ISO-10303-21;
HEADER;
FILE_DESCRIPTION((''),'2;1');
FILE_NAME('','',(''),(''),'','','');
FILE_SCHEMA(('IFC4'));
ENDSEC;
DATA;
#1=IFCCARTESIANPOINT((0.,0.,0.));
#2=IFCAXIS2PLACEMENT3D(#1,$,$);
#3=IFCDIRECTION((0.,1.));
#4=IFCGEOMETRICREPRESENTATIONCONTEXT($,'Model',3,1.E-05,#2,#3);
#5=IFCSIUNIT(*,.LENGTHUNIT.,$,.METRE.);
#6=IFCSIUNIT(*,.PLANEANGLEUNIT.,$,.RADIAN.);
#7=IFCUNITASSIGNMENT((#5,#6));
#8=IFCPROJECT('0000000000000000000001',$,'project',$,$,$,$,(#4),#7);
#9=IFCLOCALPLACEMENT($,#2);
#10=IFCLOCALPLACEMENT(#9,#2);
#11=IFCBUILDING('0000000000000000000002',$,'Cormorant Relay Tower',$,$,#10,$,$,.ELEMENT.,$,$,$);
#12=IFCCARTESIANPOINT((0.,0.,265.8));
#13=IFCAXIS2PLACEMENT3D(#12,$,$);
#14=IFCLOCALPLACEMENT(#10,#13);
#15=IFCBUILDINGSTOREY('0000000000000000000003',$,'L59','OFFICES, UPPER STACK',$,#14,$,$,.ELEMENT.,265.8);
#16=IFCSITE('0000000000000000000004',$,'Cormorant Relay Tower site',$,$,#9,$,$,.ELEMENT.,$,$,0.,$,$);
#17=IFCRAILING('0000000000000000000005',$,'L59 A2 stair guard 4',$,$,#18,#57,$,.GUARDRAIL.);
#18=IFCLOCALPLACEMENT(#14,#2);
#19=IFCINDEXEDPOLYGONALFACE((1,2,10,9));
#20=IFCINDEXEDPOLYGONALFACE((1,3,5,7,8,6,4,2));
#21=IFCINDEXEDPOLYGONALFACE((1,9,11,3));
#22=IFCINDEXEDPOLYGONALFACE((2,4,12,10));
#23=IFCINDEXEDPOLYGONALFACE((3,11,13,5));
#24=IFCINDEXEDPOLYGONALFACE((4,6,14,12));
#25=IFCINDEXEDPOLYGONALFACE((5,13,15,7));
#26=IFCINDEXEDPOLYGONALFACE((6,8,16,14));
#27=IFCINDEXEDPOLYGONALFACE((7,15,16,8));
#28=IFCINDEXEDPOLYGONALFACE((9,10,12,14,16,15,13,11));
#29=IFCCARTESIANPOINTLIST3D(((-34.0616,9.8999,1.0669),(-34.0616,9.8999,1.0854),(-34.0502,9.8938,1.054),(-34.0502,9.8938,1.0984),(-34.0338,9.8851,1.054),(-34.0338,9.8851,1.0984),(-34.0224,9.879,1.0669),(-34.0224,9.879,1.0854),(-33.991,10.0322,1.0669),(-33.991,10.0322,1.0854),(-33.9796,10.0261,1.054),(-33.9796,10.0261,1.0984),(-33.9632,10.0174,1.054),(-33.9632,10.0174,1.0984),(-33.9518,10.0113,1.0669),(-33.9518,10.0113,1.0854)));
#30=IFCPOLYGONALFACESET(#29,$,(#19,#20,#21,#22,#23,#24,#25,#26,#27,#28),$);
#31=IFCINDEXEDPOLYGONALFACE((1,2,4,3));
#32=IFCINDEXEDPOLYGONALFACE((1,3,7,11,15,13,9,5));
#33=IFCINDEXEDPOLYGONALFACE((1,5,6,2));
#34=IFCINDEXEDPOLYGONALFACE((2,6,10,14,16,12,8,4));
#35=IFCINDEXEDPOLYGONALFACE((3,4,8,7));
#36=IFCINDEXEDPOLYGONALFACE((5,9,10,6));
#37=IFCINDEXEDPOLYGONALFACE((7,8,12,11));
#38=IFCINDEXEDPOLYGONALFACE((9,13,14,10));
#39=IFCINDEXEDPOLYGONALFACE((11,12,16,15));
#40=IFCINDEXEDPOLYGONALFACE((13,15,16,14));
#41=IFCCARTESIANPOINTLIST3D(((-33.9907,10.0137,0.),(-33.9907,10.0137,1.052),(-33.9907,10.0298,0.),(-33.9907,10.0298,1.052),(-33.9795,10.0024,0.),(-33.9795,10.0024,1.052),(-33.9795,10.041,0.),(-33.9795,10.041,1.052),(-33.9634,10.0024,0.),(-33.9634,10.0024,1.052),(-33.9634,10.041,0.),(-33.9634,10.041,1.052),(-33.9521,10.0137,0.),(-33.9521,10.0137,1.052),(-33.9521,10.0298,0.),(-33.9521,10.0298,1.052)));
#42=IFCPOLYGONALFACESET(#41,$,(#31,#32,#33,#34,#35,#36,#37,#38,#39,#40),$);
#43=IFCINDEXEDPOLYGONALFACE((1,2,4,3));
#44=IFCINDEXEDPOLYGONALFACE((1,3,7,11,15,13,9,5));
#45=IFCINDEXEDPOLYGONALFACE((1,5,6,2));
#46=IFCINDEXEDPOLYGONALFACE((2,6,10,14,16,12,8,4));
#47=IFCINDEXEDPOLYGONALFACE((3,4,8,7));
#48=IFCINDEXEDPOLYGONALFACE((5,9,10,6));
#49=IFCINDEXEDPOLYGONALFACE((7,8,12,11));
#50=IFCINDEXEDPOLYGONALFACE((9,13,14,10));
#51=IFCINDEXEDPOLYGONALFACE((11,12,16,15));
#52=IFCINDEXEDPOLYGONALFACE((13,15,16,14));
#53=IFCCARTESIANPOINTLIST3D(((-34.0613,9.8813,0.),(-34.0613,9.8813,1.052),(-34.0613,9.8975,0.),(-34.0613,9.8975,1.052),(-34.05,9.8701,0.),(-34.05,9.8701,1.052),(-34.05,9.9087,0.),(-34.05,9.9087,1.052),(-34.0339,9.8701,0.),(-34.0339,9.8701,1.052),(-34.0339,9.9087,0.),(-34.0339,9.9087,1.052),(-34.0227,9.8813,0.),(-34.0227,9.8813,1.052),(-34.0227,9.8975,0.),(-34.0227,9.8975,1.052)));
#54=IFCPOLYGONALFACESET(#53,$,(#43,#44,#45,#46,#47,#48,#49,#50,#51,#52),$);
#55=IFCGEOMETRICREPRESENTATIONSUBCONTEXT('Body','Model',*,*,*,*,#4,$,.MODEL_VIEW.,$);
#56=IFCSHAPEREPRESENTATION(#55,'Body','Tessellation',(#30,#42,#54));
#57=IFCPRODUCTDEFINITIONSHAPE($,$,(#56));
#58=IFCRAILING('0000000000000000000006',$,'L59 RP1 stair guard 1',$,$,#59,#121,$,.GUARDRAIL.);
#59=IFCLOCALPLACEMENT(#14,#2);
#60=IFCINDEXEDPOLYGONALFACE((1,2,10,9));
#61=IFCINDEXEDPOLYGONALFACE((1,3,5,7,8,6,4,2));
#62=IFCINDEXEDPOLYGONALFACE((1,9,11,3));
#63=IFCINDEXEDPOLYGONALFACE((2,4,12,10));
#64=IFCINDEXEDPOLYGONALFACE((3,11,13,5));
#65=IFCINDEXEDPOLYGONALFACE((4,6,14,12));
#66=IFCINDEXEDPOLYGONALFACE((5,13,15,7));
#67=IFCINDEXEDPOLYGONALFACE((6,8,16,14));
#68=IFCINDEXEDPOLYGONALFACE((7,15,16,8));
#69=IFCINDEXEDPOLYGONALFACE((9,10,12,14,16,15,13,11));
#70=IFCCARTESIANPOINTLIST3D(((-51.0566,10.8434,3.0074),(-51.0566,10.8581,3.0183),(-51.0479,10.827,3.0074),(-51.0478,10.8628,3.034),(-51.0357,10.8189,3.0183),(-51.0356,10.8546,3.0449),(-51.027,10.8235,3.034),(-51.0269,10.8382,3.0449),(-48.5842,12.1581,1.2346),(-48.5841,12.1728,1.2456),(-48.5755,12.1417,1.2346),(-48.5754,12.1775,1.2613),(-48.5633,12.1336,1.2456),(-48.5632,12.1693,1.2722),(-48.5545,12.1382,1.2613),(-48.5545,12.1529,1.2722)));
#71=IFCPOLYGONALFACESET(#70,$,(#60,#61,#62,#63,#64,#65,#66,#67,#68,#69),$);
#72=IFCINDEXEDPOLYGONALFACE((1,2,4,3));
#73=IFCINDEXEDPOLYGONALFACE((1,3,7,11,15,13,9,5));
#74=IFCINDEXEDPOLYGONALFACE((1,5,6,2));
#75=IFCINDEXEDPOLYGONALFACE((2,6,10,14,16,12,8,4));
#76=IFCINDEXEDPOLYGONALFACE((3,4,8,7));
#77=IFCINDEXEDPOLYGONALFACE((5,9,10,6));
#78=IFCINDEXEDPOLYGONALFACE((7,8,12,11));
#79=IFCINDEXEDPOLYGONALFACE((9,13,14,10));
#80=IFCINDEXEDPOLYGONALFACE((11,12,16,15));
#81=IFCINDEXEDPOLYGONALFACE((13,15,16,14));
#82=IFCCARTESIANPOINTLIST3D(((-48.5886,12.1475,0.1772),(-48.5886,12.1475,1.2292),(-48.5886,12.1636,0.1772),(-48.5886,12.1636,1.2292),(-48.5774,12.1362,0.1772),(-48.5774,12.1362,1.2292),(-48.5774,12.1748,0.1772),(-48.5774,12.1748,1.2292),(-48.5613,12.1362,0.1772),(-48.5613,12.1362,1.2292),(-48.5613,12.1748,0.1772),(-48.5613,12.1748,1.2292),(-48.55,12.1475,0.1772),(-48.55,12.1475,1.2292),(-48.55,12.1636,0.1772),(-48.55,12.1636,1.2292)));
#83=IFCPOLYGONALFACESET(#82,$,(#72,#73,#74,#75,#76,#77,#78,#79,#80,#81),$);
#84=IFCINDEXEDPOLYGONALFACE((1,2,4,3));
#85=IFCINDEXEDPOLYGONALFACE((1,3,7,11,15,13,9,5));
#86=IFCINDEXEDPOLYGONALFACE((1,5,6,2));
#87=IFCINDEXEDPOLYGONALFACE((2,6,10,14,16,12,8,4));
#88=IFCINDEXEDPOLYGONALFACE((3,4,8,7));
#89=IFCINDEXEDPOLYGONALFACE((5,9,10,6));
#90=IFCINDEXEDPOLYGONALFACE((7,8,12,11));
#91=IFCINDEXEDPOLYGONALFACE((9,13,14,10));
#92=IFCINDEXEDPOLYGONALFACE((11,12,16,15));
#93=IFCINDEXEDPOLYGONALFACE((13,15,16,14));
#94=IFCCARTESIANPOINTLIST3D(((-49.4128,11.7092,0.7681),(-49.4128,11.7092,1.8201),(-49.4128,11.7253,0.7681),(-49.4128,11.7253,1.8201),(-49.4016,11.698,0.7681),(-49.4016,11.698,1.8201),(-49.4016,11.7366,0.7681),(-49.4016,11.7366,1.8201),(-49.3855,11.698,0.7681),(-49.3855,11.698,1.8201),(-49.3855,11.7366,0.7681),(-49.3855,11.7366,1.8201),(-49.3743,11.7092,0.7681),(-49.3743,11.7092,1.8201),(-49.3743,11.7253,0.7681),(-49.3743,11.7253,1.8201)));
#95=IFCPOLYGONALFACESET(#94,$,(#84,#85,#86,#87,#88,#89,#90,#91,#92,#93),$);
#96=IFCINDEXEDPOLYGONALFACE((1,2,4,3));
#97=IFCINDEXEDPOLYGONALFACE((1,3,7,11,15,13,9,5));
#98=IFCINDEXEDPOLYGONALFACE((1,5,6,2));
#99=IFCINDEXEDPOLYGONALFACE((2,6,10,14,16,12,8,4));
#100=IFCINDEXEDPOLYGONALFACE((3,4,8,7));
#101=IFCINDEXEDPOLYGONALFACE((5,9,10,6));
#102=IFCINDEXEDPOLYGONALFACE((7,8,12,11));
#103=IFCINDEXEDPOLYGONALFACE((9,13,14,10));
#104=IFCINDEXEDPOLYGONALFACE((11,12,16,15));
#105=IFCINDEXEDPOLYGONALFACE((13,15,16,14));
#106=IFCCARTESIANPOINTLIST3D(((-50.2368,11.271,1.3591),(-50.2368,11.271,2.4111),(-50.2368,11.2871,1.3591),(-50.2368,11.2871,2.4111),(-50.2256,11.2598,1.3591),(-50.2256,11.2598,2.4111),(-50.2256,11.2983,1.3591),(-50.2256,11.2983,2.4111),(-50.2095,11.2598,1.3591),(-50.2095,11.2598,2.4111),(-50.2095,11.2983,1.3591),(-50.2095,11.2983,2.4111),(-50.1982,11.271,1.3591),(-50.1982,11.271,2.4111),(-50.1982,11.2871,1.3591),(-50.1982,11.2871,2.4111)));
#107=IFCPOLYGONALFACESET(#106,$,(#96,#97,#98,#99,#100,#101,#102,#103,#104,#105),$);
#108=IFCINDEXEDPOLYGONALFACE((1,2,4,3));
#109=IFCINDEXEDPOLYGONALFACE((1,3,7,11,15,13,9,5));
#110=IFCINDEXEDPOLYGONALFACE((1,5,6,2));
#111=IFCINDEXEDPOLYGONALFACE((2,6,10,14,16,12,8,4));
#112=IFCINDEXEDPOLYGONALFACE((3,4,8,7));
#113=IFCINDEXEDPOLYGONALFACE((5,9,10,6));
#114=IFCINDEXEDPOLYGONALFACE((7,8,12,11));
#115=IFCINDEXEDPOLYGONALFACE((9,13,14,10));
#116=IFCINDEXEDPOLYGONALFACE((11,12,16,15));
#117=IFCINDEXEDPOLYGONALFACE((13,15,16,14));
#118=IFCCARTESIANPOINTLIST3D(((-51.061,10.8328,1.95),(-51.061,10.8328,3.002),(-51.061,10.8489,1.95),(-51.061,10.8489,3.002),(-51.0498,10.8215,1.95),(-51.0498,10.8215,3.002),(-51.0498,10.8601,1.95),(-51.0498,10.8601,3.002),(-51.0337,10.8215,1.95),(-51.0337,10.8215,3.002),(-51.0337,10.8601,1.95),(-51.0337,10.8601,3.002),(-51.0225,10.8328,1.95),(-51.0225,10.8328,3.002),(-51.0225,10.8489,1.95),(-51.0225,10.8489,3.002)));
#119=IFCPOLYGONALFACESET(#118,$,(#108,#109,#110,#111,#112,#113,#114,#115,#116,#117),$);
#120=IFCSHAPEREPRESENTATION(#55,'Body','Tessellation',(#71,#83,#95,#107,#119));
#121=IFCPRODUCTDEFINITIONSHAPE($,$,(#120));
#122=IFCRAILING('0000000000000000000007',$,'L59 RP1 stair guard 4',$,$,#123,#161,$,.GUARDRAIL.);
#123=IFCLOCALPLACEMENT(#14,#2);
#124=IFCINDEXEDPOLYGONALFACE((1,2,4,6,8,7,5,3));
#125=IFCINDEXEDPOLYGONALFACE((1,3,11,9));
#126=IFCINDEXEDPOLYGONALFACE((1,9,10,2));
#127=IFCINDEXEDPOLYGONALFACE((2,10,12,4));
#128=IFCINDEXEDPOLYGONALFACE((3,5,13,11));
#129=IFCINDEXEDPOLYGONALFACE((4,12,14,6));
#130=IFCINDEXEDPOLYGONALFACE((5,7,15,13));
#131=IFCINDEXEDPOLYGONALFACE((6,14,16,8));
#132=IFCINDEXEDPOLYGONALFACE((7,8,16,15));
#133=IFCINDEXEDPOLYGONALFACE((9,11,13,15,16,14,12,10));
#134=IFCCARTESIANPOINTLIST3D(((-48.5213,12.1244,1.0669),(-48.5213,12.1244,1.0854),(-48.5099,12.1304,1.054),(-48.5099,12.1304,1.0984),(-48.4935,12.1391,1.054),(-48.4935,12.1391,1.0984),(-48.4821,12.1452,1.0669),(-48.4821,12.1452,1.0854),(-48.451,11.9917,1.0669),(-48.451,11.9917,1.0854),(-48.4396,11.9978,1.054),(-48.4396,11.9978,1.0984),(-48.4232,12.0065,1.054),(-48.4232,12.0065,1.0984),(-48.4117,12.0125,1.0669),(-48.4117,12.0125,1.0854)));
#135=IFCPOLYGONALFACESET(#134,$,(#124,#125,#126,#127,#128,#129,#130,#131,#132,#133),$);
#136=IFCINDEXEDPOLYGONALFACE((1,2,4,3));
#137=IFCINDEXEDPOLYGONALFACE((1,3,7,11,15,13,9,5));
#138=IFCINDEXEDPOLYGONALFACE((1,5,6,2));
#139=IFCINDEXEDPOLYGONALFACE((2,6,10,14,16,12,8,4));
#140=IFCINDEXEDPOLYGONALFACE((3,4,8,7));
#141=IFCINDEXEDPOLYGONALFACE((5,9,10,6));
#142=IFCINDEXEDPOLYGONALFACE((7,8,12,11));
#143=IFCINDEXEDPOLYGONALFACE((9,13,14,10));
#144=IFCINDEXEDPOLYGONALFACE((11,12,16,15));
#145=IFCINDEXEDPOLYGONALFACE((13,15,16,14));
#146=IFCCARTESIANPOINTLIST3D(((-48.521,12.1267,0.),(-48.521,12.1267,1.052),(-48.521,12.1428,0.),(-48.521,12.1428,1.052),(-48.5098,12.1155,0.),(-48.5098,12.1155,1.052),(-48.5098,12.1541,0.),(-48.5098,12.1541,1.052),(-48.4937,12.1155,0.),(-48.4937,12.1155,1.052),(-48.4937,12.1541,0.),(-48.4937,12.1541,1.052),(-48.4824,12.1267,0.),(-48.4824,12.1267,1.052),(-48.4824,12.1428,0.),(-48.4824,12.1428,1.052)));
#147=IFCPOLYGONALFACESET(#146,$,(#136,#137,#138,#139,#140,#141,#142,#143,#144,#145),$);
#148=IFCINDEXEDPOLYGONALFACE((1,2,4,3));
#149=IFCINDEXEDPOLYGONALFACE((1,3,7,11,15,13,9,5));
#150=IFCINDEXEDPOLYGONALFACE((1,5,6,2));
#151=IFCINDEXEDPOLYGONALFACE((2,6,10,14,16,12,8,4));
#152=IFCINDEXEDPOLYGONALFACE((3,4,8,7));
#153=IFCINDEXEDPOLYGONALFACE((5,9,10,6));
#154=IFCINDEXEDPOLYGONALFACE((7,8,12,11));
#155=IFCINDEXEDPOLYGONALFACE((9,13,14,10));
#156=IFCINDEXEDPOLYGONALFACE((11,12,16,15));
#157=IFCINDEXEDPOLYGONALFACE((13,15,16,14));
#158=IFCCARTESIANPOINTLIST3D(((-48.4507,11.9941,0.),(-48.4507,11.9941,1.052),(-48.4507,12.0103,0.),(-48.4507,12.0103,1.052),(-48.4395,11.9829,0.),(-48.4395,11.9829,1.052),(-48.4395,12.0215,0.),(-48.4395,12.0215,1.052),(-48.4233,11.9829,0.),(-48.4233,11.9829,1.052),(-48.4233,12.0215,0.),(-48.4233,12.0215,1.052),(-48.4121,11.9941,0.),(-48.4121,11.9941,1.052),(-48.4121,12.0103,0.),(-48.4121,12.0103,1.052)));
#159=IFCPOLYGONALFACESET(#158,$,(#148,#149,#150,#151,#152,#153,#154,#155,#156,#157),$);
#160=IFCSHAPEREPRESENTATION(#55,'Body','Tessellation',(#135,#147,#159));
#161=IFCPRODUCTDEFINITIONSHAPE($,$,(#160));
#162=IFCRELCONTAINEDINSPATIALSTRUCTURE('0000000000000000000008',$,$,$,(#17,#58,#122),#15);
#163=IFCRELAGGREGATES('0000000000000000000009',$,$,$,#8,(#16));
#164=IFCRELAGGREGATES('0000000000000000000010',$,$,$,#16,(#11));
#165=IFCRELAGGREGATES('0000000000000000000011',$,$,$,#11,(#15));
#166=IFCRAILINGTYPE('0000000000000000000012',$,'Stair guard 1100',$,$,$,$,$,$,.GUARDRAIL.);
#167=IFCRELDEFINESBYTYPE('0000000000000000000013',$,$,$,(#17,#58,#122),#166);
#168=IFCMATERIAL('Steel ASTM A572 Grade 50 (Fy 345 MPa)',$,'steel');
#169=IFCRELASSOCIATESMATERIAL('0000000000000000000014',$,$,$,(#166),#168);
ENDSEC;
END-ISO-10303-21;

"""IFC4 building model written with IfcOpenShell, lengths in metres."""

from ifc_helpers import new_model, si_unit, direction, frame, origin, place, context, subcontext, project, spatial, polyline, outline, extrude, material, type_object, element, save


model = new_model("IFC4")

# Units and contexts
model_context = context("Model", 3, precision=1e-05, world=origin(), true_north=direction((0.0, 1.0)))
body_context = subcontext(model_context, "Body", "Model", "MODEL_VIEW")
ifc_project = project(units=[si_unit("LENGTHUNIT", "METRE"), si_unit("PLANEANGLEUNIT", "RADIAN")], contexts=[model_context])

# Site, building, storey
site_placement = place(None, origin())
site = spatial("IfcSite", under=ifc_project, at=site_placement, Name="Cormorant Relay Tower site", CompositionType="ELEMENT", RefElevation=0.0)
building_placement = place(site_placement, origin())
building = spatial("IfcBuilding", under=site, at=building_placement, Name="Cormorant Relay Tower", CompositionType="ELEMENT")
storey_placement = place(building_placement, frame((0.0, 0.0, 265.8)))
storey = spatial("IfcBuildingStorey", under=building, at=storey_placement, Name="L59", Description="OFFICES, UPPER STACK", CompositionType="ELEMENT", Elevation=265.8)

# Railings
ifc_material_1 = material(Name="Steel ASTM A572 Grade 50 (Fy 345 MPa)", Category="steel")
railing_type_1 = type_object("IfcRailingType", Name="Stair guard 1100", PredefinedType="GUARDRAIL", material=ifc_material_1)
railing_1_placement = place(storey_placement, frame((-33.9714, 10.0217, 0.0)))
element("IfcRailing", 1, at=railing_1_placement, inside=storey, type_object=railing_type_1, Name="L59 A2 stair guard 4", PredefinedType="GUARDRAIL", context=body_context, shape_type="SweptSolid", body=[
    extrude(outline(polyline([(0.0222, 0.0093), (0.0093, 0.0222), (-0.0093, 0.0222), (-0.0222, 0.0093), (-0.0222, -0.0093), (-0.0093, -0.0222), (0.0093, -0.0222), (0.0222, -0.0093), (0.0222, 0.0093)])), frame((0.0, 0.0, 1.0762), z_axis=(-0.470504, -0.882398, 0.0), x_axis=(0.882398, -0.470504, 0.0)), (0.0, 0.0, 1.0), 0.1499),
    extrude(outline(polyline([(0.0193, 0.0081), (0.0081, 0.0193), (-0.0081, 0.0193), (-0.0193, 0.0081), (-0.0193, -0.0081), (-0.0081, -0.0193), (0.0081, -0.0193), (0.0193, -0.0081), (0.0193, 0.0081)])), origin(), (0.0, 0.0, 1.0), 1.052),
    extrude(outline(polyline([(0.0193, 0.0081), (0.0081, 0.0193), (-0.0081, 0.0193), (-0.0193, 0.0081), (-0.0193, -0.0081), (-0.0081, -0.0193), (0.0081, -0.0193), (0.0193, -0.0081), (0.0193, 0.0081)])), frame((-0.0706, -0.1323, 0.0)), (0.0, 0.0, 1.0), 1.052),
])
railing_2_placement = place(storey_placement, frame((-48.5693, 12.1555, 0.1772)))
element("IfcRailing", 2, at=railing_2_placement, inside=storey, type_object=railing_type_1, Name="L59 RP1 stair guard 1", PredefinedType="GUARDRAIL", context=body_context, shape_type="SweptSolid", body=[
    extrude(outline(polyline([(0.0222, 0.0093), (0.0093, 0.0222), (-0.0093, 0.0222), (-0.0222, 0.0093), (-0.0222, -0.0093), (-0.0093, -0.0222), (0.0093, -0.0222), (0.0222, -0.0093), (0.0222, 0.0093)])), frame((0.0, 0.0, 1.0762), z_axis=(-0.746012, -0.39669, 0.534886), x_axis=(0.469497, -0.882934, 0.0)), (0.0, 0.0, 1.0), 3.3142),
    extrude(outline(polyline([(0.0193, 0.0081), (0.0081, 0.0193), (-0.0081, 0.0193), (-0.0193, 0.0081), (-0.0193, -0.0081), (-0.0081, -0.0193), (0.0081, -0.0193), (0.0193, -0.0081), (0.0193, 0.0081)])), origin(), (0.0, 0.0, 1.0), 1.052),
    extrude(outline(polyline([(0.0193, 0.0081), (0.0081, 0.0193), (-0.0081, 0.0193), (-0.0193, 0.0081), (-0.0193, -0.0081), (-0.0081, -0.0193), (0.0081, -0.0193), (0.0193, -0.0081), (0.0193, 0.0081)])), frame((-0.8242, -0.4382, 0.5908)), (0.0, 0.0, 1.0), 1.052),
    extrude(outline(polyline([(0.0193, 0.0081), (0.0081, 0.0193), (-0.0081, 0.0193), (-0.0193, 0.0081), (-0.0193, -0.0081), (-0.0081, -0.0193), (0.0081, -0.0193), (0.0193, -0.0081), (0.0193, 0.0081)])), frame((-1.6482, -0.8765, 1.1819)), (0.0, 0.0, 1.0), 1.052),
    extrude(outline(polyline([(0.0193, 0.0081), (0.0081, 0.0193), (-0.0081, 0.0193), (-0.0193, 0.0081), (-0.0193, -0.0081), (-0.0081, -0.0193), (0.0081, -0.0193), (0.0193, -0.0081), (0.0193, 0.0081)])), frame((-2.4724, -1.3147, 1.7727)), (0.0, 0.0, 1.0), 1.052),
])
railing_3_placement = place(storey_placement, frame((-48.5017, 12.1348, 0.0)))
element("IfcRailing", 3, at=railing_3_placement, inside=storey, type_object=railing_type_1, Name="L59 RP1 stair guard 4", PredefinedType="GUARDRAIL", context=body_context, shape_type="SweptSolid", body=[
    extrude(outline(polyline([(0.0222, 0.0093), (0.0093, 0.0222), (-0.0093, 0.0222), (-0.0222, 0.0093), (-0.0222, -0.0093), (-0.0093, -0.0222), (0.0093, -0.0222), (0.0222, -0.0093), (0.0222, 0.0093)])), frame((0.0, 0.0, 1.0762), z_axis=(0.46856, -0.883431, 0.0), x_axis=(0.883431, 0.46856, 0.0)), (0.0, 0.0, 1.0), 0.1501),
    extrude(outline(polyline([(0.0193, 0.0081), (0.0081, 0.0193), (-0.0081, 0.0193), (-0.0193, 0.0081), (-0.0193, -0.0081), (-0.0081, -0.0193), (0.0081, -0.0193), (0.0193, -0.0081), (0.0193, 0.0081)])), origin(), (0.0, 0.0, 1.0), 1.052),
    extrude(outline(polyline([(0.0193, 0.0081), (0.0081, 0.0193), (-0.0081, 0.0193), (-0.0193, 0.0081), (-0.0193, -0.0081), (-0.0081, -0.0193), (0.0081, -0.0193), (0.0193, -0.0081), (0.0193, 0.0081)])), frame((0.0703, -0.1326, 0.0)), (0.0, 0.0, 1.0), 1.052),
])

save(model, "model.ifc")
